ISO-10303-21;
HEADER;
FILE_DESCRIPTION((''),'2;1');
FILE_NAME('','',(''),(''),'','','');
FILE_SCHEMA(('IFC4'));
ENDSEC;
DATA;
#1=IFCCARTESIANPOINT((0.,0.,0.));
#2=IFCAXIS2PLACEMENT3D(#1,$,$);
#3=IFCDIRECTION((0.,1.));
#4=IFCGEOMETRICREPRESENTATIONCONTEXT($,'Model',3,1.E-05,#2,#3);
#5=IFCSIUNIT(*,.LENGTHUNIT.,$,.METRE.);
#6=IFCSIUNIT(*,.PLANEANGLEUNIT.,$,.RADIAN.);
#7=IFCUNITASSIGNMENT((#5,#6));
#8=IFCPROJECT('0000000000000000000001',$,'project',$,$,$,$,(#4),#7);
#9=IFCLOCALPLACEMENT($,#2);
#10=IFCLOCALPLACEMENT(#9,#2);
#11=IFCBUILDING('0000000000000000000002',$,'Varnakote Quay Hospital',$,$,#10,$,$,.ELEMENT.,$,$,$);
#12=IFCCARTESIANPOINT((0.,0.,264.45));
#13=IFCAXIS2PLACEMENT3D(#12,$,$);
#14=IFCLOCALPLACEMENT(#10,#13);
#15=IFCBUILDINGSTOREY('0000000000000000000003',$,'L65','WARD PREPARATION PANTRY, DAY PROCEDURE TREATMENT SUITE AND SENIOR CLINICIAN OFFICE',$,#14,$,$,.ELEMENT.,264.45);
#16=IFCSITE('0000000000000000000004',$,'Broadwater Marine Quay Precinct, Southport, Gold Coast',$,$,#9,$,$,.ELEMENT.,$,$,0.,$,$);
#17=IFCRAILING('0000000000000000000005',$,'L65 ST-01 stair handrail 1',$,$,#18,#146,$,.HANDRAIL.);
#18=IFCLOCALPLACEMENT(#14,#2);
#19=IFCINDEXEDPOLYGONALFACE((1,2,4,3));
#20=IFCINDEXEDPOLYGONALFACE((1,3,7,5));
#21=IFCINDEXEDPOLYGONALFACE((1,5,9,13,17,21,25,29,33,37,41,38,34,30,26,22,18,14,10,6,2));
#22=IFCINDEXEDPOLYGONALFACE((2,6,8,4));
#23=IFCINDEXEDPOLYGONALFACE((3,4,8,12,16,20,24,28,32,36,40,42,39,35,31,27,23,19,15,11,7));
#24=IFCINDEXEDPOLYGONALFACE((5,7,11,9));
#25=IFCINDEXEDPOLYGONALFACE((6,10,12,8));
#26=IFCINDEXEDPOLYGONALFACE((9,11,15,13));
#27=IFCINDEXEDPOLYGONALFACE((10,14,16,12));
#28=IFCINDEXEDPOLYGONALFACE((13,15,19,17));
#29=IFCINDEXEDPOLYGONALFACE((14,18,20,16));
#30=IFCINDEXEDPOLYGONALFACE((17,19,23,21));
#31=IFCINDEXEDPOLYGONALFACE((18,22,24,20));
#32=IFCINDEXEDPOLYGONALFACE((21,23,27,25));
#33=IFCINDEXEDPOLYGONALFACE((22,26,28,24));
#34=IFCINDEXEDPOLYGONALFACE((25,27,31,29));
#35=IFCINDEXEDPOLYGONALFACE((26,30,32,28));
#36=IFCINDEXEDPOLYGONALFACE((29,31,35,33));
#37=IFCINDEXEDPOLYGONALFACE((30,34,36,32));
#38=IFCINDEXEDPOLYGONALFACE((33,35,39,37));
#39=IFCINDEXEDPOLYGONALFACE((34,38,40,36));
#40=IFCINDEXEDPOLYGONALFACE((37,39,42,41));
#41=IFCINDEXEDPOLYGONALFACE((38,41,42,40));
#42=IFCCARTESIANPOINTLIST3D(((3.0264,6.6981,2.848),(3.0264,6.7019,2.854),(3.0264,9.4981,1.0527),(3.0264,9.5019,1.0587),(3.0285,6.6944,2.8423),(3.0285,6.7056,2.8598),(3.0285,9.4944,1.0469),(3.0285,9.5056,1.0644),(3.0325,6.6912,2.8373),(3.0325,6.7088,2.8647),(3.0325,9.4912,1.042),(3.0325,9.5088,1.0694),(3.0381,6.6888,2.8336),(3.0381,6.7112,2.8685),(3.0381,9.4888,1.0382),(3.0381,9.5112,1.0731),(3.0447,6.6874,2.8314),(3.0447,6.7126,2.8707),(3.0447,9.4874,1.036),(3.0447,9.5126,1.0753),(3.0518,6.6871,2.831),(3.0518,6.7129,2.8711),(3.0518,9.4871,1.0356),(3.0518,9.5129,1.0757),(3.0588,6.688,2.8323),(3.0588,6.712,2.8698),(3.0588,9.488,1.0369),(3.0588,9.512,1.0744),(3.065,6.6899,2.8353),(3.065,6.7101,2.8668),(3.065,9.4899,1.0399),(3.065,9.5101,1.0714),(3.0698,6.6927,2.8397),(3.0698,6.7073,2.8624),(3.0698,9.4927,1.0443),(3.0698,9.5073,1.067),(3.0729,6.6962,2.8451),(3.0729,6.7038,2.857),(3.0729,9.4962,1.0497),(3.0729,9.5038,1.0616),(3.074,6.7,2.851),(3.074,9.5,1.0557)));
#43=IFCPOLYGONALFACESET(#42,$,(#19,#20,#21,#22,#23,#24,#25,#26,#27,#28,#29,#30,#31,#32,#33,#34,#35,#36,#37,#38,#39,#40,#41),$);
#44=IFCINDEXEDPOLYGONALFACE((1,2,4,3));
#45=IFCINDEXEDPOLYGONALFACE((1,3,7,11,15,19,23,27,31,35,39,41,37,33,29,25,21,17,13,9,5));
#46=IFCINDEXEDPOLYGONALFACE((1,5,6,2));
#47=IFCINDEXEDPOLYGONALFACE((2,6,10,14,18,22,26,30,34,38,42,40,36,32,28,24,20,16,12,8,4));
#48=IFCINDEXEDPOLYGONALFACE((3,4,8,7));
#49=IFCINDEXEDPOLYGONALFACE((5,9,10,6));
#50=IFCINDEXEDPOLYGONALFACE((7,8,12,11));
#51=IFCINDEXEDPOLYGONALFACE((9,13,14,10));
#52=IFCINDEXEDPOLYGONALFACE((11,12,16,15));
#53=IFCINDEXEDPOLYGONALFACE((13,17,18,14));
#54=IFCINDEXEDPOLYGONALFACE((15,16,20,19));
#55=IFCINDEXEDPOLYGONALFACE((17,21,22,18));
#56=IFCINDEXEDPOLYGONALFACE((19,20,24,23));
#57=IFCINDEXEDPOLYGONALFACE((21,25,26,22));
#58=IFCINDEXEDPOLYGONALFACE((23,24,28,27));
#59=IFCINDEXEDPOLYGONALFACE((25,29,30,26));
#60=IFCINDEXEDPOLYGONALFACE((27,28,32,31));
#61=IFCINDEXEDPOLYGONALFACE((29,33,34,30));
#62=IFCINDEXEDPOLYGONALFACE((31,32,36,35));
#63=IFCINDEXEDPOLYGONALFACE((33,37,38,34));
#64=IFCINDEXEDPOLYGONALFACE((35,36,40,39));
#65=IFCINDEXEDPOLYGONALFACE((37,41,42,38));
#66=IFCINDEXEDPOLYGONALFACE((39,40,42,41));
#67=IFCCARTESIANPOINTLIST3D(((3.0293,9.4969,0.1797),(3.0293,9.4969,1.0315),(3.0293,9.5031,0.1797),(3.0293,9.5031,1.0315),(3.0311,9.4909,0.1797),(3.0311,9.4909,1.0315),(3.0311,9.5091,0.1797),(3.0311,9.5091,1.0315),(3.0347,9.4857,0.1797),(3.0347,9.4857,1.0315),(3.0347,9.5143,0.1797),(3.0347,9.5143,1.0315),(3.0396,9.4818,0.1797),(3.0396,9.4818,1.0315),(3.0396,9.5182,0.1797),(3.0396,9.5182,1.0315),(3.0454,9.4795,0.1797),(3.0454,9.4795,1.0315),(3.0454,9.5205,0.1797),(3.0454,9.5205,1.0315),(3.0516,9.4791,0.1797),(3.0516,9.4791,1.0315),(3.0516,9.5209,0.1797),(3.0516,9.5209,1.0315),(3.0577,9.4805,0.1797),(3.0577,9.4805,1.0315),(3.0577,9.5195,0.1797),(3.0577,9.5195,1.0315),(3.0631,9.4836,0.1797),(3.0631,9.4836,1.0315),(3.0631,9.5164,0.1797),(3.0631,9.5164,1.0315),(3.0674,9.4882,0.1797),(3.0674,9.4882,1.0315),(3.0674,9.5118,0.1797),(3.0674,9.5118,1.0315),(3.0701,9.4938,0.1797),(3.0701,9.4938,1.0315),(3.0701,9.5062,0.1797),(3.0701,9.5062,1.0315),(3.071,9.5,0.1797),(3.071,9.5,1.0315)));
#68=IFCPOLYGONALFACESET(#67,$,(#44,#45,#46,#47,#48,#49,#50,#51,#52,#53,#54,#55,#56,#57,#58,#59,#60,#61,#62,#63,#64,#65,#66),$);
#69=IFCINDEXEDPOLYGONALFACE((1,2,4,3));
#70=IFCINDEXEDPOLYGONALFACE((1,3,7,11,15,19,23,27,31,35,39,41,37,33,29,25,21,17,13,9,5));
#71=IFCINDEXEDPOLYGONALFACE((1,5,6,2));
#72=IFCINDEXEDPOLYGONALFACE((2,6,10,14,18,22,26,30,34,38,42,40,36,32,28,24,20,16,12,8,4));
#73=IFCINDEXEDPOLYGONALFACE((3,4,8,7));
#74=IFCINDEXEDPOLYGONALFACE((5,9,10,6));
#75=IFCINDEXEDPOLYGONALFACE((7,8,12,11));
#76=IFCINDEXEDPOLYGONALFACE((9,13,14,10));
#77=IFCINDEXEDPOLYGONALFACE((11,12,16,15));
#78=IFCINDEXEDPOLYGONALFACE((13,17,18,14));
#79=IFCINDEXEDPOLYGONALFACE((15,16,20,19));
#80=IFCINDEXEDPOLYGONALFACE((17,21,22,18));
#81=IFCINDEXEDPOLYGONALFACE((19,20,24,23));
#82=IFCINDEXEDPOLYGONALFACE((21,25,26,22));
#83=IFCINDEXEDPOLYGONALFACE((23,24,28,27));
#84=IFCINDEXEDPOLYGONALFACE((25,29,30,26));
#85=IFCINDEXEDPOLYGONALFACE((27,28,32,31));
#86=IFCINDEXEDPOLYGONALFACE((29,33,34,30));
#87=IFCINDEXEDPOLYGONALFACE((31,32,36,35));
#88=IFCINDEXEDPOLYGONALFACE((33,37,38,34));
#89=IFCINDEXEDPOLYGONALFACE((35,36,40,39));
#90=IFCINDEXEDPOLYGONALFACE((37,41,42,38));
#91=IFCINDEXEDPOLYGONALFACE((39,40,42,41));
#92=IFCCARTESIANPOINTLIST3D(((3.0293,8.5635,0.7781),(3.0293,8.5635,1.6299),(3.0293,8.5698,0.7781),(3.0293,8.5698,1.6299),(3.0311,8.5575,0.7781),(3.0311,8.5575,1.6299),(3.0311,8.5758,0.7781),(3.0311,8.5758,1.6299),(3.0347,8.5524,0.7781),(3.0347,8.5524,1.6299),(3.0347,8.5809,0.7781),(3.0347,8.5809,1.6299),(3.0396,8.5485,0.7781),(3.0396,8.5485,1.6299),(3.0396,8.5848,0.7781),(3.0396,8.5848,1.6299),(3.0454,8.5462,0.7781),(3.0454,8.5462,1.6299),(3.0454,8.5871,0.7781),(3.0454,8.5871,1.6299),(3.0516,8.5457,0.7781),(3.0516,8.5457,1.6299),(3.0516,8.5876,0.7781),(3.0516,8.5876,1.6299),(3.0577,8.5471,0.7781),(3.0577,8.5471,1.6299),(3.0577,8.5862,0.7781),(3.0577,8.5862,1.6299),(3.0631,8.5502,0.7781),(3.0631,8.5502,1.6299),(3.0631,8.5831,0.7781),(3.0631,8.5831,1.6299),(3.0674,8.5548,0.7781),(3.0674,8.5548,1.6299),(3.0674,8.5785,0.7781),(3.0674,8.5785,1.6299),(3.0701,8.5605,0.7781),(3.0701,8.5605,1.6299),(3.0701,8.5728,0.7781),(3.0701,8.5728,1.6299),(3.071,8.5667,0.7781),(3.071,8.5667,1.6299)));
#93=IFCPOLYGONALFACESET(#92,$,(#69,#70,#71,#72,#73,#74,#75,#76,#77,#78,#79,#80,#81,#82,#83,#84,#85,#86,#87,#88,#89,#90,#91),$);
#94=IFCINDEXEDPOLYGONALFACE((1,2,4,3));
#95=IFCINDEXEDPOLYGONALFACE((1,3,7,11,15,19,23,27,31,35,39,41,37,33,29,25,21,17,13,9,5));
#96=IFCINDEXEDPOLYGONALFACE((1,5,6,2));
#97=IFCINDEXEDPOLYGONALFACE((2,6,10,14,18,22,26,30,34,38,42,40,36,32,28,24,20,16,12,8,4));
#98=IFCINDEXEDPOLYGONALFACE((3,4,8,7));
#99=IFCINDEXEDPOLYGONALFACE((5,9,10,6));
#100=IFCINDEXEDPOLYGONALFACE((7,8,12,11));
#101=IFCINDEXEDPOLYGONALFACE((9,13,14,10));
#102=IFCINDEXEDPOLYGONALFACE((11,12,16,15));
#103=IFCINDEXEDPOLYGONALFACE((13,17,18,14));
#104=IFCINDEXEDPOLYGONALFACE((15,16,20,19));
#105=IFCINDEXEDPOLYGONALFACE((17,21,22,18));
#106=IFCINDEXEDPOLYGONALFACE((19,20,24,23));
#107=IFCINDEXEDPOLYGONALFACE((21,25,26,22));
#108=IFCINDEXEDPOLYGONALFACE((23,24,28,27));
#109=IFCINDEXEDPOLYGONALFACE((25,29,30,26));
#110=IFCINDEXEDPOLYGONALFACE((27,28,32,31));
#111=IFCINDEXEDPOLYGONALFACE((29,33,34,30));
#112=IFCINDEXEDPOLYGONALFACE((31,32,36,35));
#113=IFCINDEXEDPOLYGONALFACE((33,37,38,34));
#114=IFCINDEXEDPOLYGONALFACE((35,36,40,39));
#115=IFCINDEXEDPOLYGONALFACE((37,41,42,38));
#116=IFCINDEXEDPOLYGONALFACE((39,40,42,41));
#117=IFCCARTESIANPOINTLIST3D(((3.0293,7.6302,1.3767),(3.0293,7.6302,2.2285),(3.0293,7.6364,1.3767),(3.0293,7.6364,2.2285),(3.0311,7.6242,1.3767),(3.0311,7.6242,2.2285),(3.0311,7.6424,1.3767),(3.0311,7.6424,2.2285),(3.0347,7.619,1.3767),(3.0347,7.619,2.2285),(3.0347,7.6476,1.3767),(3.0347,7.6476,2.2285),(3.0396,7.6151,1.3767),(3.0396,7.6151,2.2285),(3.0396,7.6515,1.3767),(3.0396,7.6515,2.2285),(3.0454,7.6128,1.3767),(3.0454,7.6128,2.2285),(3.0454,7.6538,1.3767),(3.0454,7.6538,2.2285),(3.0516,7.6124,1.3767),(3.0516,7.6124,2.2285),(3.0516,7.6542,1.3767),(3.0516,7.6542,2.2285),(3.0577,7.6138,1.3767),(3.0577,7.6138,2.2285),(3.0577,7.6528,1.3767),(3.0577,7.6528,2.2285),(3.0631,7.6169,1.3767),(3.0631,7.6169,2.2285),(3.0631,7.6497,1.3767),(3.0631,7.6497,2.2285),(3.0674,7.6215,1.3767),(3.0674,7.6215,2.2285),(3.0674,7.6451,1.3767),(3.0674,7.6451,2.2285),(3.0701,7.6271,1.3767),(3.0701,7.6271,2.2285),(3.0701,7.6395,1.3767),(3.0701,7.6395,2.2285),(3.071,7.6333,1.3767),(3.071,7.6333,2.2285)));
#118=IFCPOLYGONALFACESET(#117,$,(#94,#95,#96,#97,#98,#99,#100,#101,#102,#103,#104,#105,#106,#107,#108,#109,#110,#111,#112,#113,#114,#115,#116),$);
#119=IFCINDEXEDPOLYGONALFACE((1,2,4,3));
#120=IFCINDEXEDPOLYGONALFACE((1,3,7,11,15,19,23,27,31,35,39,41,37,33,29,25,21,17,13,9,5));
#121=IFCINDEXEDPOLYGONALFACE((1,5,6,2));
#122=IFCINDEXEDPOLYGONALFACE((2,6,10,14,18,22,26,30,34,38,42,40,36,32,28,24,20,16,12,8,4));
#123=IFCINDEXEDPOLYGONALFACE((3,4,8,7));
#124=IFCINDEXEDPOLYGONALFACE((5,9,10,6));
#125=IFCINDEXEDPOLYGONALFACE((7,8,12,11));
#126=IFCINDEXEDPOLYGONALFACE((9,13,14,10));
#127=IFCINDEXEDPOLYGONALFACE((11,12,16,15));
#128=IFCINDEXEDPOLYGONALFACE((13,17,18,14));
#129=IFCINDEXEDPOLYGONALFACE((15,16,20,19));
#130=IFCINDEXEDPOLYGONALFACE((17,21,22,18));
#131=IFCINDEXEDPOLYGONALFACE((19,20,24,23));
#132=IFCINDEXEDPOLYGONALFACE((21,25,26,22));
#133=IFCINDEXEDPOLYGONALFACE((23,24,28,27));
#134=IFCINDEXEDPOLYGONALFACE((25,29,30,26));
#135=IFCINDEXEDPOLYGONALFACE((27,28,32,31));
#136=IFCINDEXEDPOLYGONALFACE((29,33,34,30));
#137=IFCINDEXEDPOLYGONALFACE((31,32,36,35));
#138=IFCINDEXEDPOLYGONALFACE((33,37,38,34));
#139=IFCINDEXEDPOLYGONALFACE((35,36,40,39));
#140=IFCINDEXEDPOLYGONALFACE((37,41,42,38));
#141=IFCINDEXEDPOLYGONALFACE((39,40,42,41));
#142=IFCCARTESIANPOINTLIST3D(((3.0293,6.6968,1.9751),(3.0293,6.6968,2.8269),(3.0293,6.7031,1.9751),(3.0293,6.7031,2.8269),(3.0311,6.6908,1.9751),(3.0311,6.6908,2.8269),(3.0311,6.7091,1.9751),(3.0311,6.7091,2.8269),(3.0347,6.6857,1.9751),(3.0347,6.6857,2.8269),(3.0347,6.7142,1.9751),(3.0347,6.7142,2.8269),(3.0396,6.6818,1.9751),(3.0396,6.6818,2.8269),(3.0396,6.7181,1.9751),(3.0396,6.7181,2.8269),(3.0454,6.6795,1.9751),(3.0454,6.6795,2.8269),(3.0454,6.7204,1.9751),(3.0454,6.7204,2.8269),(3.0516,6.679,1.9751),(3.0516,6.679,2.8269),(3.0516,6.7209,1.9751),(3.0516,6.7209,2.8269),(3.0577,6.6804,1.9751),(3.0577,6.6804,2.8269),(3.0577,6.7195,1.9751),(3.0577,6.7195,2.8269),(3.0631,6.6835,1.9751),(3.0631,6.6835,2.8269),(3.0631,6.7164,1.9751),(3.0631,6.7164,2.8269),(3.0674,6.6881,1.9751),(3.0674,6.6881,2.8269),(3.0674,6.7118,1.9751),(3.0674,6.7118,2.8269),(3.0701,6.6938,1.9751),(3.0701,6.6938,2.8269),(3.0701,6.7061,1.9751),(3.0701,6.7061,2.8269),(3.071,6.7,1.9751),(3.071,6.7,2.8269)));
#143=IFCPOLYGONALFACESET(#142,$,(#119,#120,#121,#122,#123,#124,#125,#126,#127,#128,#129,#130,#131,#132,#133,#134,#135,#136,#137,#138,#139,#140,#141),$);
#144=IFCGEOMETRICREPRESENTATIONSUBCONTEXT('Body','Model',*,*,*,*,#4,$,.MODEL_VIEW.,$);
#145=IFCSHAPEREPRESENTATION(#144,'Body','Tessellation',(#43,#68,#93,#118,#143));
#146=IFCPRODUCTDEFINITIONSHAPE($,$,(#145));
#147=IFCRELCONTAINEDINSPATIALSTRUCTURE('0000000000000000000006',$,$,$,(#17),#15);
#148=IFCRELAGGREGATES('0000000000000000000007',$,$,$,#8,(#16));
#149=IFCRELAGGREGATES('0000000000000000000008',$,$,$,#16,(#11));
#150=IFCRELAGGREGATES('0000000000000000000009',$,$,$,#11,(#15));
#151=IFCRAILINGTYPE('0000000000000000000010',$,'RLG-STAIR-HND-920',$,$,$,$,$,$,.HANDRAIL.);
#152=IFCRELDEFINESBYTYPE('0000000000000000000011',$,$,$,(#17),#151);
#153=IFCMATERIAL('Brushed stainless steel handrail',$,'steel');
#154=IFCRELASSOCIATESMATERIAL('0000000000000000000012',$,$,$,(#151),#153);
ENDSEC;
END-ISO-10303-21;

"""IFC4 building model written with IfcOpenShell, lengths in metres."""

from ifc_helpers import new_model, si_unit, direction, frame, origin, origin_2d, place, context, subcontext, project, spatial, circle, extrude, material, type_object, element, save


model = new_model("IFC4")

# Units and contexts
model_context = context("Model", 3, precision=1e-05, world=origin(), true_north=direction((0.0, 1.0)))
body_context = subcontext(model_context, "Body", "Model", "MODEL_VIEW")
ifc_project = project(units=[si_unit("LENGTHUNIT", "METRE"), si_unit("PLANEANGLEUNIT", "RADIAN")], contexts=[model_context])

# Site, building, storey
site_placement = place(None, origin())
site = spatial("IfcSite", under=ifc_project, at=site_placement, Name="Broadwater Marine Quay Precinct, Southport, Gold Coast", CompositionType="ELEMENT", RefElevation=0.0)
building_placement = place(site_placement, origin())
building = spatial("IfcBuilding", under=site, at=building_placement, Name="Varnakote Quay Hospital", CompositionType="ELEMENT")
storey_placement = place(building_placement, frame((0.0, 0.0, 264.45)))
storey = spatial("IfcBuildingStorey", under=building, at=storey_placement, Name="L65", Description="WARD PREPARATION PANTRY, DAY PROCEDURE TREATMENT SUITE AND SENIOR CLINICIAN OFFICE", CompositionType="ELEMENT", Elevation=264.45)

# Railing
ifc_material_1 = material(Name="Brushed stainless steel handrail", Category="steel")
railing_type_1 = type_object("IfcRailingType", Name="RLG-STAIR-HND-920", PredefinedType="HANDRAIL", material=ifc_material_1)
railing_1_placement = place(storey_placement, frame((3.05, 9.5, 0.1797)))
element("IfcRailing", 1, at=railing_1_placement, inside=storey, type_object=railing_type_1, Name="L65 ST-01 stair handrail 1", PredefinedType="HANDRAIL", context=body_context, shape_type="SweptSolid", body=[
    extrude(circle(Radius=0.0239, at=origin_2d()), frame((0.0, 0.0, 0.876), z_axis=(0.0, -0.84181, 0.539774), x_axis=(1.0, 0.0, 0.0)), (0.0, 0.0, 1.0), 3.3262),
    extrude(circle(Radius=0.021, at=origin_2d()), origin(), (0.0, 0.0, 1.0), 0.8518),
    extrude(circle(Radius=0.021, at=origin_2d()), frame((0.0, -0.9333, 0.5984)), (0.0, 0.0, 1.0), 0.8518),
    extrude(circle(Radius=0.021, at=origin_2d()), frame((0.0, -1.8667, 1.197)), (0.0, 0.0, 1.0), 0.8518),
    extrude(circle(Radius=0.021, at=origin_2d()), frame((0.0, -2.8, 1.7954)), (0.0, 0.0, 1.0), 0.8518),
])

save(model, "model.ifc")
